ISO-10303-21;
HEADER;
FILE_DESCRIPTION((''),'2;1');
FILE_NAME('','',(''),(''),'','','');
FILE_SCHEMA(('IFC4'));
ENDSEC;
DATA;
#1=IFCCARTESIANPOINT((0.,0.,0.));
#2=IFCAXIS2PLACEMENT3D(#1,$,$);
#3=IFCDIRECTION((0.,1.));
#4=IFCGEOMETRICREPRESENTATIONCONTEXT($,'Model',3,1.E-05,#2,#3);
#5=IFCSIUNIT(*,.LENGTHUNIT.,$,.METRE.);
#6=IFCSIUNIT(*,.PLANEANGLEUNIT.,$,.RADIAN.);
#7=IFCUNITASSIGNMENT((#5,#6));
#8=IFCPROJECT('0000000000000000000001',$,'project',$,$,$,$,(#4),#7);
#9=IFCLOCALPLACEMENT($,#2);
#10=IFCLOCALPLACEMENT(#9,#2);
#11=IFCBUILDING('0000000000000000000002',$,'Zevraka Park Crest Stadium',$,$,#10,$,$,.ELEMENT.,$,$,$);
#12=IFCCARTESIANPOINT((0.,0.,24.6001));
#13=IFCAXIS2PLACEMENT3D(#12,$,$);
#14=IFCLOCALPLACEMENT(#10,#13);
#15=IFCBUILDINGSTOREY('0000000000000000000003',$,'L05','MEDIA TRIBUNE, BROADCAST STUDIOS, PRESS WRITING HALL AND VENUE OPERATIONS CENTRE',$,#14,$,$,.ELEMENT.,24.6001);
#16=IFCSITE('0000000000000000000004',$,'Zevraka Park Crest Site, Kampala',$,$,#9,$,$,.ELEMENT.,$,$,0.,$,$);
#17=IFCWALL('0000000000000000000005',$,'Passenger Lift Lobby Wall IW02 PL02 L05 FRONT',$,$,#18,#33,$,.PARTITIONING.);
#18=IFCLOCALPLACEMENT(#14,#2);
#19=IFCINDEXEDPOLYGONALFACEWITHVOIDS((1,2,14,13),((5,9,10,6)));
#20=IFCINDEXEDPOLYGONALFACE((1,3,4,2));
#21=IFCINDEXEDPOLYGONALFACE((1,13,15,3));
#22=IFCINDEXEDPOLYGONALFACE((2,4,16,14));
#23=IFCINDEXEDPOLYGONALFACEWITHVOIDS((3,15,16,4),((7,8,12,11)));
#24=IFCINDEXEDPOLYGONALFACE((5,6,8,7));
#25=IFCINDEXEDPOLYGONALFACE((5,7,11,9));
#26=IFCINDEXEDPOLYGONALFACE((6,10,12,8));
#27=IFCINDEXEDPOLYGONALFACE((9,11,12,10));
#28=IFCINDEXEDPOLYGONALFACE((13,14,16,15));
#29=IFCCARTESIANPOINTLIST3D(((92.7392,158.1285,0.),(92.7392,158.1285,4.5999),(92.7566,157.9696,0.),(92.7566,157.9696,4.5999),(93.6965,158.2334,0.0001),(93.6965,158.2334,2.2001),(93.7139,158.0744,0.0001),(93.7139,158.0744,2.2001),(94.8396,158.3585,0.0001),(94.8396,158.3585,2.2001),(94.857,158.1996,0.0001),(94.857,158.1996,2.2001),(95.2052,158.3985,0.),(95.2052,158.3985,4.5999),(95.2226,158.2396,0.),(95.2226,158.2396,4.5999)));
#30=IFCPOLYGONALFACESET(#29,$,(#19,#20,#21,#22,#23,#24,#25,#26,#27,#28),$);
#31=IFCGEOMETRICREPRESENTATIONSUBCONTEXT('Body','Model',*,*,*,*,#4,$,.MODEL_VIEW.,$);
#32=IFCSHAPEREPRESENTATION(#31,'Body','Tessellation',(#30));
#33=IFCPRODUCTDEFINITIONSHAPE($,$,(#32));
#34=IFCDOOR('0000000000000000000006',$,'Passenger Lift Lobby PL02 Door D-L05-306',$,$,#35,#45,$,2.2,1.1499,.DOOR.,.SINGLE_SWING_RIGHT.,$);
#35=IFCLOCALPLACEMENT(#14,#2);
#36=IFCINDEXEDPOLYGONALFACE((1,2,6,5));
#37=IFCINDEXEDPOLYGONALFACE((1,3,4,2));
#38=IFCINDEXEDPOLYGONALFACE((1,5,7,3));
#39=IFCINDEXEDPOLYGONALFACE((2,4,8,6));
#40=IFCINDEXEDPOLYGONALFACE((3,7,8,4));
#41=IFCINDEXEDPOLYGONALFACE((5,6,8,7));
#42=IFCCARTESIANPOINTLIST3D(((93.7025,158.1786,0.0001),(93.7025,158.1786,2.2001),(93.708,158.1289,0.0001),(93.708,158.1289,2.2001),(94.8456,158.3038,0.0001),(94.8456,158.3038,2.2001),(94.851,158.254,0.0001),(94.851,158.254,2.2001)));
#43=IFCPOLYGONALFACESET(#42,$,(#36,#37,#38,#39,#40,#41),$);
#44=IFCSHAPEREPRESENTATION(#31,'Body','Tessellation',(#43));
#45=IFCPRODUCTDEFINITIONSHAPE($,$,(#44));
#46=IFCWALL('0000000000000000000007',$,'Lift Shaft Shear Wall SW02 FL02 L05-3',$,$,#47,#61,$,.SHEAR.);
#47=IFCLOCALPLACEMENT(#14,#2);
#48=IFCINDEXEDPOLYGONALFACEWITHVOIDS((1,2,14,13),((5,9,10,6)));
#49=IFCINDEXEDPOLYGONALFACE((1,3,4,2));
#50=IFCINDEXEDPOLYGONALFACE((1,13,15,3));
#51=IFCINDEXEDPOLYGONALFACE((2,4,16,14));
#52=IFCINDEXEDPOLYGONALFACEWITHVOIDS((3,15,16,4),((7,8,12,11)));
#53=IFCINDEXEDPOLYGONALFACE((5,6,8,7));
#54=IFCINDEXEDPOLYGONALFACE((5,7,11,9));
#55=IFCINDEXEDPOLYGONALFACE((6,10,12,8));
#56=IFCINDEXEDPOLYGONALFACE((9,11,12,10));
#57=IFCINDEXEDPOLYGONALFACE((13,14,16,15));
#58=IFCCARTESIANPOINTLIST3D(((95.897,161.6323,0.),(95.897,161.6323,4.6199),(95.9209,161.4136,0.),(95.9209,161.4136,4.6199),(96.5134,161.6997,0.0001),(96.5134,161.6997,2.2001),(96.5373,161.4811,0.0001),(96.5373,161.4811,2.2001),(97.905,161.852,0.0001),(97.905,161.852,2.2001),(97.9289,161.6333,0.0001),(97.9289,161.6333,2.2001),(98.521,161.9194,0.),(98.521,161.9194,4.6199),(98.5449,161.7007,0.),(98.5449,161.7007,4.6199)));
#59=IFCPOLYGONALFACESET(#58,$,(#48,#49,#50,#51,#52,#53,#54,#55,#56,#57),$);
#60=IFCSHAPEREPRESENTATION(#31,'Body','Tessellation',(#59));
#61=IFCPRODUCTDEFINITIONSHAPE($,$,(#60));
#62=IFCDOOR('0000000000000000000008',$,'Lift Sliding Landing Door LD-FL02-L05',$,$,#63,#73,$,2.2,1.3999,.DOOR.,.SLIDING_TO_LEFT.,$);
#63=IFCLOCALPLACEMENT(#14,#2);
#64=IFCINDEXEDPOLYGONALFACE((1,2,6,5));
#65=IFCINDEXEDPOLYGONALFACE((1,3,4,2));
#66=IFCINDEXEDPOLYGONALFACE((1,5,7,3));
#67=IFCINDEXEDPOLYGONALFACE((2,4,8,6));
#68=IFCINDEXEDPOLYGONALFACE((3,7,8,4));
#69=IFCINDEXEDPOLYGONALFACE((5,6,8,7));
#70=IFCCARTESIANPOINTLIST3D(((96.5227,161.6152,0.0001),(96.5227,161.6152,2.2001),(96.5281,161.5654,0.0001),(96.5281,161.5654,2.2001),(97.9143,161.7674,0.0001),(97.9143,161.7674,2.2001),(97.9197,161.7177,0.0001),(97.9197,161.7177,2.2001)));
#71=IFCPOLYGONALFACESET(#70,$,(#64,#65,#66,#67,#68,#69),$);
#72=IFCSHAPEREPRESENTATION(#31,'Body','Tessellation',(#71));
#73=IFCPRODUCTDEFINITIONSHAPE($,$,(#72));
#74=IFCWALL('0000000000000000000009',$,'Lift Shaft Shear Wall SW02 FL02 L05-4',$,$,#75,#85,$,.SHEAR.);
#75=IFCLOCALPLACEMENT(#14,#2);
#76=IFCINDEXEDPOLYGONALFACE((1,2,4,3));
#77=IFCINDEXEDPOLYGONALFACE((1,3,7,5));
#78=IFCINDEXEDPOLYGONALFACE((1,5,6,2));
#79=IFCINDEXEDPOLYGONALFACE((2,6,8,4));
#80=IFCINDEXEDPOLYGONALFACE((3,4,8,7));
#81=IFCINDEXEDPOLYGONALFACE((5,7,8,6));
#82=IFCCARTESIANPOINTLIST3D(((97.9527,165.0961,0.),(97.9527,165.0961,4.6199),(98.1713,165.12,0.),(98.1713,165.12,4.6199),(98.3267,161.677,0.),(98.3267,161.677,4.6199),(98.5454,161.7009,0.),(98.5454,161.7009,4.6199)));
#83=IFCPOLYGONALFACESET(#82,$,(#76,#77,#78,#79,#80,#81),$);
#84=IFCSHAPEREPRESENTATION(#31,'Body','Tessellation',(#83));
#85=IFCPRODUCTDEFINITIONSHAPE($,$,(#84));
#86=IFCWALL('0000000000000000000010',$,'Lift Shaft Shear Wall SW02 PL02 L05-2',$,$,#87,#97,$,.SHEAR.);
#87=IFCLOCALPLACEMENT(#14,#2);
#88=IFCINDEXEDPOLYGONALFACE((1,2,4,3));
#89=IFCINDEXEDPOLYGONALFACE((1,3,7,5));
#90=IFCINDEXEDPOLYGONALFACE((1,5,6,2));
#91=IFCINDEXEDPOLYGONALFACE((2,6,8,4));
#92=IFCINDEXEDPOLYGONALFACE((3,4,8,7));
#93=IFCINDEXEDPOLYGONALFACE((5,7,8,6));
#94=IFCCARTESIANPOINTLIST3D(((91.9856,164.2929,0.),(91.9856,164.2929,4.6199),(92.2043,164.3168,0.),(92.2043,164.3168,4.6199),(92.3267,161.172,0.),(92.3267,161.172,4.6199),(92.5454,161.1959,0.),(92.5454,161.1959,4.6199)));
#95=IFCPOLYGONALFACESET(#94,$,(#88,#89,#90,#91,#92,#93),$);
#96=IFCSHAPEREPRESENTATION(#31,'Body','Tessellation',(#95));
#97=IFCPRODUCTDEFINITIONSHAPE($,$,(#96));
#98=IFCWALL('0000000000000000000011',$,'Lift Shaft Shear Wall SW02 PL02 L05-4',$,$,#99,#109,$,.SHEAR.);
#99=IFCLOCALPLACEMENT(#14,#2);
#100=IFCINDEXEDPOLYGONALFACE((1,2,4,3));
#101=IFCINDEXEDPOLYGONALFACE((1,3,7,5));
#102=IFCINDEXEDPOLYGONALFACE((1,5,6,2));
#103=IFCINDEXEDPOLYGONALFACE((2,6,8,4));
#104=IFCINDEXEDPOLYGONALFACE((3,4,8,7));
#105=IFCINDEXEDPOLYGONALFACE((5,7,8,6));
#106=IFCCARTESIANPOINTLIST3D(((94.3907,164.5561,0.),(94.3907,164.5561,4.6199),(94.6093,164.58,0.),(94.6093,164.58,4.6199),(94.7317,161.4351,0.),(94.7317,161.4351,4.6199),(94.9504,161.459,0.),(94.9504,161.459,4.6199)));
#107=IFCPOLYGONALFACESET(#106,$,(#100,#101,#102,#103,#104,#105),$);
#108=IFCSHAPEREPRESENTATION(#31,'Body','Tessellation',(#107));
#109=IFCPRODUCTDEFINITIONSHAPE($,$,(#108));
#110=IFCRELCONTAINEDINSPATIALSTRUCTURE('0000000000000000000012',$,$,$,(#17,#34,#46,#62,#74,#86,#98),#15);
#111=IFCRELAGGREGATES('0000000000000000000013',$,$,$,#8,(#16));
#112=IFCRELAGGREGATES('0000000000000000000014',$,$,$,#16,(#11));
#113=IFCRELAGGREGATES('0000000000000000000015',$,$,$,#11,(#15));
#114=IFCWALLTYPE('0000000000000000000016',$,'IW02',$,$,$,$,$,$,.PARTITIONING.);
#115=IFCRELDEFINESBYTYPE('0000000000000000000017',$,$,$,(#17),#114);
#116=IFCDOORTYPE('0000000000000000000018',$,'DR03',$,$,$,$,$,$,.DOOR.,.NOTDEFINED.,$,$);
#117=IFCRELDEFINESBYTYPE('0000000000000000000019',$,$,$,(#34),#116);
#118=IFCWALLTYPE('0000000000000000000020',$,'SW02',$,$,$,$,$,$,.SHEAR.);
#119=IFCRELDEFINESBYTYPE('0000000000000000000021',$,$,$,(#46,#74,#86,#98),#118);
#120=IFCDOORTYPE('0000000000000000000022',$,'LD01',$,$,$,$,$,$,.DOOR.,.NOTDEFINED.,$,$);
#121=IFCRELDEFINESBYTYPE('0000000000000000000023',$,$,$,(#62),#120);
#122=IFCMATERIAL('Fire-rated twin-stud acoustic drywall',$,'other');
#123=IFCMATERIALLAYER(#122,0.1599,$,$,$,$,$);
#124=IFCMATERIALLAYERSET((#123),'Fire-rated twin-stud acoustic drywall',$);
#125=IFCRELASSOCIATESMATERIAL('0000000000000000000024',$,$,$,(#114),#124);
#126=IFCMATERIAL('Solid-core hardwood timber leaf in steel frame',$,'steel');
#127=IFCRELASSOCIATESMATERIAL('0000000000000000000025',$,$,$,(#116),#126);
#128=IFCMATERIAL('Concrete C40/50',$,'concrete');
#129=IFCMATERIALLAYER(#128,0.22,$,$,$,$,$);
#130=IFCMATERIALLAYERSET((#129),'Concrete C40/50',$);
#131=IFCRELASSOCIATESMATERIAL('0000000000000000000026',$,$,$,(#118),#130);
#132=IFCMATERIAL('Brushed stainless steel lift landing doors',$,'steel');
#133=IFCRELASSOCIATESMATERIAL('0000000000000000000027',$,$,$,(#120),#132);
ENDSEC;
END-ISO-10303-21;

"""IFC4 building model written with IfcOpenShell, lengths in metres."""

from ifc_helpers import new_model, si_unit, direction, frame, frame_2d, origin, place, context, subcontext, project, spatial, rectangle, extrude, material, layer, layer_set, type_object, element, fill, save


model = new_model("IFC4")

# Units and contexts
model_context = context("Model", 3, precision=1e-05, world=origin(), true_north=direction((0.0, 1.0)))
body_context = subcontext(model_context, "Body", "Model", "MODEL_VIEW")
ifc_project = project(units=[si_unit("LENGTHUNIT", "METRE"), si_unit("PLANEANGLEUNIT", "RADIAN")], contexts=[model_context])

# Site, building, storey
site_placement = place(None, origin())
site = spatial("IfcSite", under=ifc_project, at=site_placement, Name="Zevraka Park Crest Site, Kampala", CompositionType="ELEMENT", RefElevation=0.0)
building_placement = place(site_placement, origin())
building = spatial("IfcBuilding", under=site, at=building_placement, Name="Zevraka Park Crest Stadium", CompositionType="ELEMENT")
storey_placement = place(building_placement, frame((0.0, 0.0, 24.6001)))
storey = spatial("IfcBuildingStorey", under=building, at=storey_placement, Name="L05", Description="MEDIA TRIBUNE, BROADCAST STUDIOS, PRESS WRITING HALL AND VENUE OPERATIONS CENTRE", CompositionType="ELEMENT", Elevation=24.6001)

# Shared definitions
ifc_material_1 = material(Name="Fire-rated twin-stud acoustic drywall", Category="other")
ifc_layer_1 = layer(ifc_material_1, 0.1599)
ifc_layer_set_1 = layer_set([ifc_layer_1], Name="Fire-rated twin-stud acoustic drywall")
wall_type_1 = type_object("IfcWallType", Name="IW02", PredefinedType="PARTITIONING", material=ifc_layer_set_1)

# Walls, openings, doors
wall_1_placement = place(storey_placement, frame((92.748, 158.0491, 0.0), z_axis=(0.0, 0.0, 1.0), x_axis=(0.994059, 0.108844, 0.0)))
wall_1 = element("IfcWall", 1, at=wall_1_placement, inside=storey, type_object=wall_type_1, Name="Passenger Lift Lobby Wall IW02 PL02 L05 FRONT", PredefinedType="PARTITIONING", context=body_context, shape_type="SweptSolid", body=[
    extrude(rectangle(XDim=2.4807, YDim=0.1599, at=frame_2d((1.2402, 0.0))), origin(), (0.0, 0.0, 1.0), 4.5999),
])
opening_1_placement = place(wall_1_placement, frame((0.9629, 0.0, 0.0)))
opening_1 = element("IfcOpeningElement", 2, at=opening_1_placement, cuts=wall_1, PredefinedType="OPENING", context=body_context, shape_type="SweptSolid", body=[
    extrude(rectangle(XDim=1.1499, YDim=2.2, at=frame_2d((0.575, 1.1001))), frame((0.0, 0.0898, 0.0), z_axis=(0.0, -1.0, 0.0), x_axis=(1.0, 0.0, 0.0)), (0.0, 0.0, 1.0), 0.1799),
])
ifc_material_2 = material(Name="Solid-core hardwood timber leaf in steel frame", Category="steel")
door_type_1 = type_object("IfcDoorType", Name="DR03", OperationType="NOTDEFINED", PredefinedType="DOOR", material=ifc_material_2)
door_1_placement = place(opening_1_placement, origin())
door_1 = element("IfcDoor", 3, at=door_1_placement, inside=storey, type_object=door_type_1, Name="Passenger Lift Lobby PL02 Door D-L05-306", OperationType="SINGLE_SWING_RIGHT", OverallHeight=2.2, OverallWidth=1.1499, PredefinedType="DOOR", context=body_context, shape_type="SweptSolid", body=[
    extrude(rectangle(XDim=1.1499, YDim=2.2, at=frame_2d((0.575, 1.1001))), frame((0.0, 0.0249, 0.0), z_axis=(0.0, -1.0, 0.0), x_axis=(1.0, 0.0, 0.0)), (0.0, 0.0, 1.0), 0.05),
])
fill(opening_1, door_1)
ifc_material_3 = material(Name="Concrete C40/50", Category="concrete")
ifc_layer_2 = layer(ifc_material_3, 0.22)
ifc_layer_set_2 = layer_set([ifc_layer_2], Name="Concrete C40/50")
wall_type_2 = type_object("IfcWallType", Name="SW02", PredefinedType="SHEAR", material=ifc_layer_set_2)
wall_2_placement = place(storey_placement, frame((95.9089, 161.5229, 0.0), z_axis=(0.0, 0.0, 1.0), x_axis=(0.994067, 0.108767, 0.0)))
wall_2 = element("IfcWall", 4, at=wall_2_placement, inside=storey, type_object=wall_type_2, Name="Lift Shaft Shear Wall SW02 FL02 L05-3", PredefinedType="SHEAR", context=body_context, shape_type="SweptSolid", body=[
    extrude(rectangle(XDim=2.6396, YDim=0.22, at=frame_2d((1.3198, 0.0))), origin(), (0.0, 0.0, 1.0), 4.6199),
])
opening_2_placement = place(wall_2_placement, frame((0.6201, 0.0, 0.0)))
opening_2 = element("IfcOpeningElement", 5, at=opening_2_placement, cuts=wall_2, PredefinedType="OPENING", context=body_context, shape_type="SweptSolid", body=[
    extrude(rectangle(XDim=1.3999, YDim=2.2, at=frame_2d((0.7, 1.1001))), frame((0.0, 0.1199, 0.0), z_axis=(0.0, -1.0, 0.0), x_axis=(1.0, 0.0, 0.0)), (0.0, 0.0, 1.0), 0.24),
])
ifc_material_4 = material(Name="Brushed stainless steel lift landing doors", Category="steel")
door_type_2 = type_object("IfcDoorType", Name="LD01", OperationType="NOTDEFINED", PredefinedType="DOOR", material=ifc_material_4)
door_2_placement = place(opening_2_placement, origin())
door_2 = element("IfcDoor", 6, at=door_2_placement, inside=storey, type_object=door_type_2, Name="Lift Sliding Landing Door LD-FL02-L05", OperationType="SLIDING_TO_LEFT", OverallHeight=2.2, OverallWidth=1.3999, PredefinedType="DOOR", context=body_context, shape_type="SweptSolid", body=[
    extrude(rectangle(XDim=1.3999, YDim=2.2, at=frame_2d((0.7, 1.1001))), frame((0.0, 0.0249, 0.0), z_axis=(0.0, -1.0, 0.0), x_axis=(1.0, 0.0, 0.0)), (0.0, 0.0, 1.0), 0.05),
])
fill(opening_2, door_2)

# Walls
wall_3_placement = place(storey_placement, frame((98.436, 161.689, 0.0), z_axis=(0.0, 0.0, 1.0), x_axis=(-0.108749, 0.994069, 0.0)))
element("IfcWall", 7, at=wall_3_placement, inside=storey, type_object=wall_type_2, Name="Lift Shaft Shear Wall SW02 FL02 L05-4", PredefinedType="SHEAR", context=body_context, shape_type="SweptSolid", body=[
    extrude(rectangle(XDim=3.4395, YDim=0.22, at=frame_2d((1.7197, 0.0))), origin(), (0.0, 0.0, 1.0), 4.6199),
])
wall_4_placement = place(storey_placement, frame((92.095, 164.3049, 0.0), z_axis=(0.0, 0.0, 1.0), x_axis=(0.108639, -0.994081, 0.0)))
element("IfcWall", 8, at=wall_4_placement, inside=storey, type_object=wall_type_2, Name="Lift Shaft Shear Wall SW02 PL02 L05-2", PredefinedType="SHEAR", context=body_context, shape_type="SweptSolid", body=[
    extrude(rectangle(XDim=3.1394, YDim=0.22, at=frame_2d((1.5698, 0.0))), origin(), (0.0, 0.0, 1.0), 4.6199),
])

# Wall
wall_5_placement = place(storey_placement, frame((94.8411, 161.447, 0.0), z_axis=(0.0, 0.0, 1.0), x_axis=(-0.108631, 0.994082, 0.0)))
element("IfcWall", 9, at=wall_5_placement, inside=storey, type_object=wall_type_2, Name="Lift Shaft Shear Wall SW02 PL02 L05-4", PredefinedType="SHEAR", context=body_context, shape_type="SweptSolid", body=[
    extrude(rectangle(XDim=3.1396, YDim=0.22, at=frame_2d((1.5698, 0.0))), origin(), (0.0, 0.0, 1.0), 4.6199),
])

save(model, "model.ifc")
